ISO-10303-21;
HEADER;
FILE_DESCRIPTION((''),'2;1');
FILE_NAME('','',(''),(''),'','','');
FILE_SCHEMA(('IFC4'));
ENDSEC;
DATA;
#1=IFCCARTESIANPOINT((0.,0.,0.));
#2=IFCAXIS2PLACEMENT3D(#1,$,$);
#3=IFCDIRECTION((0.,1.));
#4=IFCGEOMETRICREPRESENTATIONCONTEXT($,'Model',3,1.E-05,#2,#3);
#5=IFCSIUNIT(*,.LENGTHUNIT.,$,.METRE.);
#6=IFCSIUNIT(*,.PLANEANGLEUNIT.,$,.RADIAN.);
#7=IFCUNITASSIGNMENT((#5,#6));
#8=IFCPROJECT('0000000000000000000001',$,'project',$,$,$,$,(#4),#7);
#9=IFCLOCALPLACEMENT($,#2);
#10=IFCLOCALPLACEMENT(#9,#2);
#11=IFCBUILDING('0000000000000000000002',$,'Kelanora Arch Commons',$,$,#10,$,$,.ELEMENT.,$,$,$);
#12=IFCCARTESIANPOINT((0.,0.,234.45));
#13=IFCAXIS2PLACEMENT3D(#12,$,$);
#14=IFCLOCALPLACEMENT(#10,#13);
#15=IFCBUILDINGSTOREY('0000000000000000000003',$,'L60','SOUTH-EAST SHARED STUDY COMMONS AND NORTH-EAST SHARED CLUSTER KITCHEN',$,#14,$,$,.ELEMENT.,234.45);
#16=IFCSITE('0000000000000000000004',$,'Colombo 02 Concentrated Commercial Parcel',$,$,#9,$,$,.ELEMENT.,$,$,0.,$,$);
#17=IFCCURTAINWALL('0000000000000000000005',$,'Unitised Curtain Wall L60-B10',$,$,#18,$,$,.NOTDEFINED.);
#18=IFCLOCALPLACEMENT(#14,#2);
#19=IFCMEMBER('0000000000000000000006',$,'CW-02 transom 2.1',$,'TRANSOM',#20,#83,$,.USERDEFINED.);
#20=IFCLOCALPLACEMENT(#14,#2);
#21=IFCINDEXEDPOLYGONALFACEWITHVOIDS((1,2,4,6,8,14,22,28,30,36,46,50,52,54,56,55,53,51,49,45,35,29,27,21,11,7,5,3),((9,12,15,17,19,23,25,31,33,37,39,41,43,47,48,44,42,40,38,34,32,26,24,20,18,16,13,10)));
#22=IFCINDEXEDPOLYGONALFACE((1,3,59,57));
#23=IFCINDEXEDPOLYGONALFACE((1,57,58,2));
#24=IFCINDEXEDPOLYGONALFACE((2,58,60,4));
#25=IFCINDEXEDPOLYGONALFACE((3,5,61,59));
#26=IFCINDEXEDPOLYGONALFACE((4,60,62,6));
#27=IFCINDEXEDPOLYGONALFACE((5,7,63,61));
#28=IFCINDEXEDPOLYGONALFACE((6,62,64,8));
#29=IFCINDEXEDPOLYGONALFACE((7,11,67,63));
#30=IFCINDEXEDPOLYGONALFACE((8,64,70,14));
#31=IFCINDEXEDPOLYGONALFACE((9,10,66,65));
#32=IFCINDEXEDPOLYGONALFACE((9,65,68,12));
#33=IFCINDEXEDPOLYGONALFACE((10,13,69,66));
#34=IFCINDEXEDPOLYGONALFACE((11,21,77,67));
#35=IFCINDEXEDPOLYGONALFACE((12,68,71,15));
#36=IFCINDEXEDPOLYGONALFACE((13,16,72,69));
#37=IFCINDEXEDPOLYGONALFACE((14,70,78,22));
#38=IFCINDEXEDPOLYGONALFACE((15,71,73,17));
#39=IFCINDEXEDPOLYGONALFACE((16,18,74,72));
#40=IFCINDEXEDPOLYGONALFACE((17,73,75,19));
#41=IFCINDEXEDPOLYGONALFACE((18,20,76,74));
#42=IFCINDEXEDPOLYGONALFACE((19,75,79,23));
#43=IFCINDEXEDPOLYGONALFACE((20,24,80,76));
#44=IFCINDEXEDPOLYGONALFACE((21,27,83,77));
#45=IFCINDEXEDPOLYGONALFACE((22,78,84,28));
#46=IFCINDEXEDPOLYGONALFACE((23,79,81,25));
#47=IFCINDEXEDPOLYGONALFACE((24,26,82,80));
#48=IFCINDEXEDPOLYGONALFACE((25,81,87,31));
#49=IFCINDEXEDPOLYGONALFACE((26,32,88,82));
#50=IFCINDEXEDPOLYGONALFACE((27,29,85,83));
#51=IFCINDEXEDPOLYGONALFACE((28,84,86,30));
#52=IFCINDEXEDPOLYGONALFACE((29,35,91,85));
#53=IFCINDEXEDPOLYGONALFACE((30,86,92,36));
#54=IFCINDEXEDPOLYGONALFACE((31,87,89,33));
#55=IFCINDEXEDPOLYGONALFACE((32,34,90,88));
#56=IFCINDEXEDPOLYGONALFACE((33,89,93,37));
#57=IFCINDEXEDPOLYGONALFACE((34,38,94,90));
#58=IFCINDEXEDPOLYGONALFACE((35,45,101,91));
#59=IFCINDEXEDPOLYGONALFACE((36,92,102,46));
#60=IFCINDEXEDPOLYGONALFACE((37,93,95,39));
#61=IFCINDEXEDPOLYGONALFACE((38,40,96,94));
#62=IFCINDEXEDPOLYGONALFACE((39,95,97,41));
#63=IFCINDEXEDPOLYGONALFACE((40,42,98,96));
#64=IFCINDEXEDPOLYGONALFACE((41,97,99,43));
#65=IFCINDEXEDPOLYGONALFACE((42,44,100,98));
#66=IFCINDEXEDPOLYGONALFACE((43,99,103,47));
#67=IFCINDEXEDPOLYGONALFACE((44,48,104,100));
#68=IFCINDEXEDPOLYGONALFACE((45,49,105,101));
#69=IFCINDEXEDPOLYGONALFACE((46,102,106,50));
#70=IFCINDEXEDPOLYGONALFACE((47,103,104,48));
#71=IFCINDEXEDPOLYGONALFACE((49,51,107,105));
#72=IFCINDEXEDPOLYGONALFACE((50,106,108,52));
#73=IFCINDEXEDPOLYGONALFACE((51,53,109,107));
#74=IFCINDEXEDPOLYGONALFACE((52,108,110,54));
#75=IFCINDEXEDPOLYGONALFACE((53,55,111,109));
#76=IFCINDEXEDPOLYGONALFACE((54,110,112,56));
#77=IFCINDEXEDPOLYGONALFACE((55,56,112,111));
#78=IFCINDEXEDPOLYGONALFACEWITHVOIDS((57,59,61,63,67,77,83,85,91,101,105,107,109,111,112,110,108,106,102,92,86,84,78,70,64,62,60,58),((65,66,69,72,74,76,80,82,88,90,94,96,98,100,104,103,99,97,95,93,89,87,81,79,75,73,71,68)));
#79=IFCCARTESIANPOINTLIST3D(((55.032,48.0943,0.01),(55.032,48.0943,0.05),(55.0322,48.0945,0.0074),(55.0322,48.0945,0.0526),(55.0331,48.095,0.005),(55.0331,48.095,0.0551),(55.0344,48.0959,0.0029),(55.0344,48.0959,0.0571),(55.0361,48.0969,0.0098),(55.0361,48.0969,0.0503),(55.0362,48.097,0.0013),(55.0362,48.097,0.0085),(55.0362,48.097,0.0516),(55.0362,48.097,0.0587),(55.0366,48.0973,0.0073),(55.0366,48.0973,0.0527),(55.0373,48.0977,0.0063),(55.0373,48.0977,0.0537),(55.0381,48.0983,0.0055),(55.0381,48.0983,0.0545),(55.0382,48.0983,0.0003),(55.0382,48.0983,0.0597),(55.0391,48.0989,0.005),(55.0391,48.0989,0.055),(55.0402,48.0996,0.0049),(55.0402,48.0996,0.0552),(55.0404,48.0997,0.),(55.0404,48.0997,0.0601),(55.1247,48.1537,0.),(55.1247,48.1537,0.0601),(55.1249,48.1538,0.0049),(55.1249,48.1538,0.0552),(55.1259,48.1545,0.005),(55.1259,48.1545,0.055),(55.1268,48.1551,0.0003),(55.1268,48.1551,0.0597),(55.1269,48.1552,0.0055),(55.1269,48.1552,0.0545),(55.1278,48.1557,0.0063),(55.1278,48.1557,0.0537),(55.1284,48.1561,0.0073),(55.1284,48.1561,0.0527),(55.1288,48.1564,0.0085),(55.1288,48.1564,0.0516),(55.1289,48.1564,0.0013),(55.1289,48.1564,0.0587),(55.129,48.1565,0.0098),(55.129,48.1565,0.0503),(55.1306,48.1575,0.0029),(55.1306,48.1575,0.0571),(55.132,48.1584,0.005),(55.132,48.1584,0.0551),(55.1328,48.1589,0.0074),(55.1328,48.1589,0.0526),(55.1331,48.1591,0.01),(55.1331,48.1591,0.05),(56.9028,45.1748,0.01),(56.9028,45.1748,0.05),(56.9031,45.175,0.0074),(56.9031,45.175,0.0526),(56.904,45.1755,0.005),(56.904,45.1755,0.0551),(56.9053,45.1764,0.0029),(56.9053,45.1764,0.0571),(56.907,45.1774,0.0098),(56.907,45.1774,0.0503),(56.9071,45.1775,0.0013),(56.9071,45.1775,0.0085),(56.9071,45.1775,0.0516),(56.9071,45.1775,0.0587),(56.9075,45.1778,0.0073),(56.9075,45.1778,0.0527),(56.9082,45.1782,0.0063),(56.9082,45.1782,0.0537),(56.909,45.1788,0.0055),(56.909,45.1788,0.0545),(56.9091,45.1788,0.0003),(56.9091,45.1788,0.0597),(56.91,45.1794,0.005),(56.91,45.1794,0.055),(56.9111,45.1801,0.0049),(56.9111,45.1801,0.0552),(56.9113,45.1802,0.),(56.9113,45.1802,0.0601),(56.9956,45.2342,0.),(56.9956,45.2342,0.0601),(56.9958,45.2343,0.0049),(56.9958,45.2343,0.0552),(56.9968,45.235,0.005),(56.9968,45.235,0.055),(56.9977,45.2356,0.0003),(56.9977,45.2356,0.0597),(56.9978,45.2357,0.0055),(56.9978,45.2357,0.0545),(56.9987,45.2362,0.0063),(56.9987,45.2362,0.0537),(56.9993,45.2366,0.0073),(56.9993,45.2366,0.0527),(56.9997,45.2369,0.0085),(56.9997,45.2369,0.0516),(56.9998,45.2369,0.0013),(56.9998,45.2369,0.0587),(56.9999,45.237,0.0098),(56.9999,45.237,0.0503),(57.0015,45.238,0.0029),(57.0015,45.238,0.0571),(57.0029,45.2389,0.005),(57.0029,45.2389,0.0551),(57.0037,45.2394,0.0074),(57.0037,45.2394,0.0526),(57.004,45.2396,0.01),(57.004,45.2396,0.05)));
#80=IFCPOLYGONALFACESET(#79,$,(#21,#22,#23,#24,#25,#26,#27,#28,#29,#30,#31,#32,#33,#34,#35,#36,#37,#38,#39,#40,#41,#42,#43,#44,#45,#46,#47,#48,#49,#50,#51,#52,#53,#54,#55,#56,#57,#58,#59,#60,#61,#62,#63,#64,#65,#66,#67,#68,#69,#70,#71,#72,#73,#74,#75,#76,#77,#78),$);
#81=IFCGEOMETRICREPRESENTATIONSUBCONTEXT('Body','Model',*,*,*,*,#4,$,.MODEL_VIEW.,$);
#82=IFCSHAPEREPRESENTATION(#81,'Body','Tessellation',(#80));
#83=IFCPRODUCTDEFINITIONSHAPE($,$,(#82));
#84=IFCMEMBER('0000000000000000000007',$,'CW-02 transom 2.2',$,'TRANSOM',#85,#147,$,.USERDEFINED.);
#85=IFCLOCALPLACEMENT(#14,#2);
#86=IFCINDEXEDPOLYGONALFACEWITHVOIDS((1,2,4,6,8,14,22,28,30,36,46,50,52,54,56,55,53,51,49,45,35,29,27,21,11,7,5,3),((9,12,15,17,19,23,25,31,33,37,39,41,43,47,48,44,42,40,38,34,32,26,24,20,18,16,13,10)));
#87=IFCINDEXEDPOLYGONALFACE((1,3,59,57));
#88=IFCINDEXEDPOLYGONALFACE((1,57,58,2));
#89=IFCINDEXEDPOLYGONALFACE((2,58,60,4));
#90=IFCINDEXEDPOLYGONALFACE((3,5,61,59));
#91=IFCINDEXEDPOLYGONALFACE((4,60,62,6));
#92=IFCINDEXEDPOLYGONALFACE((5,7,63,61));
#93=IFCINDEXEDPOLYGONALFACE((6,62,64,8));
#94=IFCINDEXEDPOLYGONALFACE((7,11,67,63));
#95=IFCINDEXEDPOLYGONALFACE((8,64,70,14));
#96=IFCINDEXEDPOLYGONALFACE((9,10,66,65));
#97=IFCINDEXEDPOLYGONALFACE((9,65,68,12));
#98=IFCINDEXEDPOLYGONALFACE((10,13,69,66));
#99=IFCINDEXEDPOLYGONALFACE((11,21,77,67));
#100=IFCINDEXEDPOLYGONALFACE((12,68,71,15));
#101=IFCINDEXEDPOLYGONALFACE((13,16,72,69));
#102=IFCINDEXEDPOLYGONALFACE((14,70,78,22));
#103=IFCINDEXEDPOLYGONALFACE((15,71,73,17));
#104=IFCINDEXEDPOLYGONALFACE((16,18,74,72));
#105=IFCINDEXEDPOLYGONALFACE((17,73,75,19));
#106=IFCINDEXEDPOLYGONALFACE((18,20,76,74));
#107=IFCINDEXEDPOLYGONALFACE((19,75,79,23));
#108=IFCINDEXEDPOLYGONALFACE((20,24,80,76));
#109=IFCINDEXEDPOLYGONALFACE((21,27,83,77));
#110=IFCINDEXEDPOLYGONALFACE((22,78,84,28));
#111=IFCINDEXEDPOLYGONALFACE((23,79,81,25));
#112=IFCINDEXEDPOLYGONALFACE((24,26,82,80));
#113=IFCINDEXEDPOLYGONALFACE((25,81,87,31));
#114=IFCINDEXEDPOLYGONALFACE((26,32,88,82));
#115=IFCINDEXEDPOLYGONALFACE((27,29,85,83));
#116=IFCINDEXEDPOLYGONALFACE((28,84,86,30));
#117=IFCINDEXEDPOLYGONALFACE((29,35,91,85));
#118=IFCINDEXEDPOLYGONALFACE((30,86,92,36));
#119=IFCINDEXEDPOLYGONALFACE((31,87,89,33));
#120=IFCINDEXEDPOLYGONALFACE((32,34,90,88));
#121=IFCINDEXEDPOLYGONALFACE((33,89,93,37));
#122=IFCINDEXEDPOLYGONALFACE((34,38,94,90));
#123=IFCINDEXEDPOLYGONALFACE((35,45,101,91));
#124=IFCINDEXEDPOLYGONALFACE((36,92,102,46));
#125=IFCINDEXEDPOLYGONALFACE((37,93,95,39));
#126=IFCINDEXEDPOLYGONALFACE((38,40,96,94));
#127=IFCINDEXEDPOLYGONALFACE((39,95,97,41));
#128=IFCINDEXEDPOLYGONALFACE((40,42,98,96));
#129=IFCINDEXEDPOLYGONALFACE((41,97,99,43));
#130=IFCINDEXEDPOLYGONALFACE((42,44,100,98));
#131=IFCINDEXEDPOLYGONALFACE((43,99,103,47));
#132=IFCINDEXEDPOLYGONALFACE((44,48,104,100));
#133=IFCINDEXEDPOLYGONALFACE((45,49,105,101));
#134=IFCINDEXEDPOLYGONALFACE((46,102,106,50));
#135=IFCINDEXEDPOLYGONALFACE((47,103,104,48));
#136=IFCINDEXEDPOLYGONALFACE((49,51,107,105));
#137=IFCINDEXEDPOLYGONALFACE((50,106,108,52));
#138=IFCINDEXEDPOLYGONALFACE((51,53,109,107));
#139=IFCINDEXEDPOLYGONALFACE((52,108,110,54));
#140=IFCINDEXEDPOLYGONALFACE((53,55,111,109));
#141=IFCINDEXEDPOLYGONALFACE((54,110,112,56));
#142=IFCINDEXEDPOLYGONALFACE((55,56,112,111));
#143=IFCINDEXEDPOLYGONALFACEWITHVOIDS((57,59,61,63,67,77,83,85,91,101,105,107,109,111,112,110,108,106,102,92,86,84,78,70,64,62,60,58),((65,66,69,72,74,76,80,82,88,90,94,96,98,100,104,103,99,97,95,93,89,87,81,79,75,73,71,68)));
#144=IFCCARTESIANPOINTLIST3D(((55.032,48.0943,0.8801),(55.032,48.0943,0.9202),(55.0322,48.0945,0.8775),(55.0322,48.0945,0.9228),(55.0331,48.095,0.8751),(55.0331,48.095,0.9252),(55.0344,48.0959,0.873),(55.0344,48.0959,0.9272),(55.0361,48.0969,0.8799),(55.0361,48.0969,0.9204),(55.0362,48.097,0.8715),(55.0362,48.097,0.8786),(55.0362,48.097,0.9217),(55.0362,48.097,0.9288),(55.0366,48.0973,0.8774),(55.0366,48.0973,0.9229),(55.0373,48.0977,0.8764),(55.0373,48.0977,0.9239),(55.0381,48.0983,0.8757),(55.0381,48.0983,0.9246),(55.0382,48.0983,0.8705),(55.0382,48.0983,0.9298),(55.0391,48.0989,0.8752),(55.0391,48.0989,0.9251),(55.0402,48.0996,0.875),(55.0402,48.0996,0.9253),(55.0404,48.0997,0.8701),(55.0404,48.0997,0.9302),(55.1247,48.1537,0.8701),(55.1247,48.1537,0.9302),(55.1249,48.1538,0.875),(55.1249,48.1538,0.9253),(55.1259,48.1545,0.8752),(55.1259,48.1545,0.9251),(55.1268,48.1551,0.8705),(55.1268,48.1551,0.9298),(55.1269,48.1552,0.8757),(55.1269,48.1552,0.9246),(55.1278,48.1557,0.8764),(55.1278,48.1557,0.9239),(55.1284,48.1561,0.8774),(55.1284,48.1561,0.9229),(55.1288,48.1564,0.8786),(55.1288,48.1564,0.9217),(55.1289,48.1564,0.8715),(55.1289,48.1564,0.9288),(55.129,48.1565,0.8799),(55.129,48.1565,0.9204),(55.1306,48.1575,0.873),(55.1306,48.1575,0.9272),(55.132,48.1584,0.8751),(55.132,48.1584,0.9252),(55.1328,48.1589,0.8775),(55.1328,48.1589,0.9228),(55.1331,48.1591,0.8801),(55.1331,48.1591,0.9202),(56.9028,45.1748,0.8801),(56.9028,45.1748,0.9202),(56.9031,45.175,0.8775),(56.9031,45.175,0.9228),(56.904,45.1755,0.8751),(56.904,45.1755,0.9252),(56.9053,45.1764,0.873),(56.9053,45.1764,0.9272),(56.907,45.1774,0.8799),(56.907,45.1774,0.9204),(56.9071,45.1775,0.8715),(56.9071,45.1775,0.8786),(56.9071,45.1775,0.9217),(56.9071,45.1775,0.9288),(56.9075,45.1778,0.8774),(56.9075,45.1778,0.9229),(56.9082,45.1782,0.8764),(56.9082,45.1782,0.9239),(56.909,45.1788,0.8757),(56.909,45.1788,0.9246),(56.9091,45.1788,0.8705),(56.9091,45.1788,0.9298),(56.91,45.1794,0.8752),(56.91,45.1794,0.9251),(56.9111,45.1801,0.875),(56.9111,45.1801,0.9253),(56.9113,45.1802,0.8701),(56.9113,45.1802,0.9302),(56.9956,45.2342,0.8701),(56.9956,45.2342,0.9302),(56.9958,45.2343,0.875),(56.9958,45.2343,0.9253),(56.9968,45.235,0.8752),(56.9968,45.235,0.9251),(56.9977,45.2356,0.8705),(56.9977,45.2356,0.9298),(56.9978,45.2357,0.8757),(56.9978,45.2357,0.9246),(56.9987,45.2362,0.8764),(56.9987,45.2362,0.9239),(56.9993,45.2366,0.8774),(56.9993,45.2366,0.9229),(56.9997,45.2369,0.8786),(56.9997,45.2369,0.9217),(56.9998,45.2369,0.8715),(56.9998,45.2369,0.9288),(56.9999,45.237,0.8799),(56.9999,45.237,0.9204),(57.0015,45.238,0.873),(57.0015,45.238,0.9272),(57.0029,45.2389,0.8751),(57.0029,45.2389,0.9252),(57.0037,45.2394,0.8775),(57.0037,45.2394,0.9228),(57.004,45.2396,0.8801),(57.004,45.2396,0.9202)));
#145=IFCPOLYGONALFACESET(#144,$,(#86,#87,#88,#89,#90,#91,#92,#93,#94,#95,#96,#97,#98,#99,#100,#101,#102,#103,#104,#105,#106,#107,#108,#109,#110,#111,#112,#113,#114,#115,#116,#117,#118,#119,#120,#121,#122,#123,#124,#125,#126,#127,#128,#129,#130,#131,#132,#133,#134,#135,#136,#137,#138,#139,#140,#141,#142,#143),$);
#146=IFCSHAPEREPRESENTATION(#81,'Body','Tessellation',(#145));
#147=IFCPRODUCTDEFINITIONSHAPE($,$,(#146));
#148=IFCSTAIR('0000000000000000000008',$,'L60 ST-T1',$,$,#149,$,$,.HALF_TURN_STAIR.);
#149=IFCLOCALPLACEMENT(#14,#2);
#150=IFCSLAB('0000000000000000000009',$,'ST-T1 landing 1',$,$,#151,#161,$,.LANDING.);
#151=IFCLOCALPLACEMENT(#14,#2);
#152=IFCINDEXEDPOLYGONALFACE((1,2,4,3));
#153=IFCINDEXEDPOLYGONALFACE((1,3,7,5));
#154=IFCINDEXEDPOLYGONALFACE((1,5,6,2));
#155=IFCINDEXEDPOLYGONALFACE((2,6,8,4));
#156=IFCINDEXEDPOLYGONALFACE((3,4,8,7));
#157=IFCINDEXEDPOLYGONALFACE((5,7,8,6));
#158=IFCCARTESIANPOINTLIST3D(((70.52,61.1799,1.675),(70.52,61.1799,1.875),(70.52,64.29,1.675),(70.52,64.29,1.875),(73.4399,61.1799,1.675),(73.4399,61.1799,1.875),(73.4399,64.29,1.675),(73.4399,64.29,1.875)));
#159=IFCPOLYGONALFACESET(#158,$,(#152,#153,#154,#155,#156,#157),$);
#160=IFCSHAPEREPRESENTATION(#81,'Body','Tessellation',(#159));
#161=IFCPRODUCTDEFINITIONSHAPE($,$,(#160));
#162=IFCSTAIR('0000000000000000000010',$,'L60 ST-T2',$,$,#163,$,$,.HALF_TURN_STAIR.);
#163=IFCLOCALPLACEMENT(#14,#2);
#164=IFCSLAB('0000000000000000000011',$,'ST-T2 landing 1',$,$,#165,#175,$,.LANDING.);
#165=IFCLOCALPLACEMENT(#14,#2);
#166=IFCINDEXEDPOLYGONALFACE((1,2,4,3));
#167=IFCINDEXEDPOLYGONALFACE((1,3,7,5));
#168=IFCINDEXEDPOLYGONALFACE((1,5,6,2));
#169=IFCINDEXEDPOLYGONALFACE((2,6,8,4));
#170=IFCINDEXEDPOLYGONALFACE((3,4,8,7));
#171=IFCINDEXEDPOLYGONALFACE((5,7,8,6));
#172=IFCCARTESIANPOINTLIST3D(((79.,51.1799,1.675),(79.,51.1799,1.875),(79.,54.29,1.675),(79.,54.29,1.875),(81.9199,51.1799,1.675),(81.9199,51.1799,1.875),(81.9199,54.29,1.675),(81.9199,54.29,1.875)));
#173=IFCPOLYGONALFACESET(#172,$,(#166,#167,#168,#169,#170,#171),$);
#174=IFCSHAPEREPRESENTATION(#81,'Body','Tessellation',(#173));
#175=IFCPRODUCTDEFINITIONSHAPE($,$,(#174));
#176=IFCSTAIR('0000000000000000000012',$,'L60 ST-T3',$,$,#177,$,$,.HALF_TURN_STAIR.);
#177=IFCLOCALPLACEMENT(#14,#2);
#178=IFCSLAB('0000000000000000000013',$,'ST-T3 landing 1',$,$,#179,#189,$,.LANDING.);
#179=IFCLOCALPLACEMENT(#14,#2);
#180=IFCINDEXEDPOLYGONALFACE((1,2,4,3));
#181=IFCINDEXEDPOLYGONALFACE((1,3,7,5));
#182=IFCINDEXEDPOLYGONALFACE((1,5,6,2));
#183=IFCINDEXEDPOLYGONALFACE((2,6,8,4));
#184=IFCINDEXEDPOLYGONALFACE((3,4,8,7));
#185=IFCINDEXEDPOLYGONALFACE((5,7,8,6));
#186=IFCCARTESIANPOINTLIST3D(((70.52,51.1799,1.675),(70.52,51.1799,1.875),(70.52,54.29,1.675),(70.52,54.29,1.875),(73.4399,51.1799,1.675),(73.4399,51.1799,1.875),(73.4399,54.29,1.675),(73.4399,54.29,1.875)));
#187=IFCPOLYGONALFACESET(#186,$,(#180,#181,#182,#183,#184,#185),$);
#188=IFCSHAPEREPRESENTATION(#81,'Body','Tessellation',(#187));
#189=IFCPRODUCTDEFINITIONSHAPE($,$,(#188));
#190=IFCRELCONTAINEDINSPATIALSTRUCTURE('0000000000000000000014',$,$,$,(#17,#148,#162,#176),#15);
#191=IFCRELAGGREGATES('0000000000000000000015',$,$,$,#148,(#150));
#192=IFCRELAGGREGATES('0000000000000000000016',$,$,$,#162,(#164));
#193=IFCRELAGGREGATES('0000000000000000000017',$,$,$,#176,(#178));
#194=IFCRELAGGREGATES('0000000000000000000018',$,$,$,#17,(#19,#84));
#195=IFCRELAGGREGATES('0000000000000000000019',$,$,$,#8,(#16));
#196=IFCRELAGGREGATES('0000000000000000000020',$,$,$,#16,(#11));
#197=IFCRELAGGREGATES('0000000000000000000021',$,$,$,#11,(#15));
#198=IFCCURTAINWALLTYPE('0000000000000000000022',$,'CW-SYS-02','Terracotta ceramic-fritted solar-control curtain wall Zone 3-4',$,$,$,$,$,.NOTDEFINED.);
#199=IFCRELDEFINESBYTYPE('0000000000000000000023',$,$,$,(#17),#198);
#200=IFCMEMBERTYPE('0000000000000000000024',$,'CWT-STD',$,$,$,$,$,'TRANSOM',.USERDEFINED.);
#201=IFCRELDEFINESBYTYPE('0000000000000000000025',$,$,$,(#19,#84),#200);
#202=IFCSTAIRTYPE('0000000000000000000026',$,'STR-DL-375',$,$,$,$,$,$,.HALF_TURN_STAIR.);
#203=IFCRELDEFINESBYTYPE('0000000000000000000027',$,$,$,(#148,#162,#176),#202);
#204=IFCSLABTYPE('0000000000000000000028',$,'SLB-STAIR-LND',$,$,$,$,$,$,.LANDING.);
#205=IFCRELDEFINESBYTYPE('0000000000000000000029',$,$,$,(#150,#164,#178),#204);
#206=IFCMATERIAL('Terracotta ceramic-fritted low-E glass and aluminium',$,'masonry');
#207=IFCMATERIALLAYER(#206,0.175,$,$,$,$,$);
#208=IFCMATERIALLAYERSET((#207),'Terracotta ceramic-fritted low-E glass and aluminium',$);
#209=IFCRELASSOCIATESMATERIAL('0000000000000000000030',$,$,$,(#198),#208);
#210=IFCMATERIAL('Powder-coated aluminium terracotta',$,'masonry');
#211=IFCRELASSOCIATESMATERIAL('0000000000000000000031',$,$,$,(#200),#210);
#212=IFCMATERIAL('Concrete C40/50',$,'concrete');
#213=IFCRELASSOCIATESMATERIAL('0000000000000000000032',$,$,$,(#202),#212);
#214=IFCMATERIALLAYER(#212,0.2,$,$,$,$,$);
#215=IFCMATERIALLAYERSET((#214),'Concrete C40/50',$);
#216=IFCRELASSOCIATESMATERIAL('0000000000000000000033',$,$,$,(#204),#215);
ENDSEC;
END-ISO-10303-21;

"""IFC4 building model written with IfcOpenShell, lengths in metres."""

from ifc_helpers import new_model, si_unit, direction, frame, origin, origin_2d, place, context, subcontext, project, spatial, polyline, hollow_rectangle, outline, extrude, material, layer, layer_set, material_profile, profile_set, type_object, element, aggregate, save


model = new_model("IFC4")

# Units and contexts
model_context = context("Model", 3, precision=1e-05, world=origin(), true_north=direction((0.0, 1.0)))
body_context = subcontext(model_context, "Body", "Model", "MODEL_VIEW")
ifc_project = project(units=[si_unit("LENGTHUNIT", "METRE"), si_unit("PLANEANGLEUNIT", "RADIAN")], contexts=[model_context])

# Site, building, storey
site_placement = place(None, origin())
site = spatial("IfcSite", under=ifc_project, at=site_placement, Name="Colombo 02 Concentrated Commercial Parcel", CompositionType="ELEMENT", RefElevation=0.0)
building_placement = place(site_placement, origin())
building = spatial("IfcBuilding", under=site, at=building_placement, Name="Kelanora Arch Commons", CompositionType="ELEMENT")
storey_placement = place(building_placement, frame((0.0, 0.0, 234.45)))
storey = spatial("IfcBuildingStorey", under=building, at=storey_placement, Name="L60", Description="SOUTH-EAST SHARED STUDY COMMONS AND NORTH-EAST SHARED CLUSTER KITCHEN", CompositionType="ELEMENT", Elevation=234.45)

# Shared definitions
ifc_material_1 = material(Name="Terracotta ceramic-fritted low-E glass and aluminium", Category="masonry")
ifc_layer_1 = layer(ifc_material_1, 0.175)
ifc_layer_set_1 = layer_set([ifc_layer_1], Name="Terracotta ceramic-fritted low-E glass and aluminium")
curtain_wall_type = type_object("IfcCurtainWallType", Name="CW-SYS-02", Description="Terracotta ceramic-fritted solar-control curtain wall Zone 3-4", PredefinedType="NOTDEFINED", material=ifc_layer_set_1)
ifc_material_2 = material(Name="Powder-coated aluminium terracotta", Category="masonry")

# Curtain wall, members
curtain_wall_1_placement = place(storey_placement, origin())
curtain_wall_1 = element("IfcCurtainWall", 1, at=curtain_wall_1_placement, inside=storey, type_object=curtain_wall_type, Name="Unitised Curtain Wall L60-B10", PredefinedType="NOTDEFINED")
ifc_material_profile_1 = material_profile(ifc_material_2, hollow_rectangle(XDim=0.1201, YDim=0.0601, WallThickness=0.0049, InnerFilletRadius=0.0049, OuterFilletRadius=0.01, at=origin_2d()), Name="CWT120x60")
ifc_profile_set_1 = profile_set([ifc_material_profile_1], Name="Powder-coated aluminium terracotta")
member_type_1 = type_object("IfcMemberType", Name="CWT-STD", ElementType="TRANSOM", PredefinedType="USERDEFINED", material=ifc_profile_set_1)
member_1_placement = place(storey_placement, frame((55.0825, 48.1267, 0.03), z_axis=(0.539547, -0.841955, 0.0), x_axis=(0.841955, 0.539547, 0.0)))
member_1 = element("IfcMember", 2, at=member_1_placement, type_object=member_type_1, Name="CW-02 transom 2.1", ObjectType="TRANSOM", PredefinedType="USERDEFINED", context=body_context, shape_type="SweptSolid", body=[
    extrude(hollow_rectangle(XDim=0.1201, YDim=0.0601, WallThickness=0.0049, InnerFilletRadius=0.0049, OuterFilletRadius=0.01, at=origin_2d()), origin(), (0.0, 0.0, 1.0), 3.4675),
])
member_2_placement = place(storey_placement, frame((55.0825, 48.1267, 0.9001), z_axis=(0.539547, -0.841955, 0.0), x_axis=(0.841955, 0.539547, 0.0)))
member_2 = element("IfcMember", 3, at=member_2_placement, type_object=member_type_1, Name="CW-02 transom 2.2", ObjectType="TRANSOM", PredefinedType="USERDEFINED", context=body_context, shape_type="SweptSolid", body=[
    extrude(hollow_rectangle(XDim=0.1201, YDim=0.0601, WallThickness=0.0049, InnerFilletRadius=0.0049, OuterFilletRadius=0.01, at=origin_2d()), origin(), (0.0, 0.0, 1.0), 3.4675),
])

# Stairs, slabs
ifc_material_3 = material(Name="Concrete C40/50", Category="concrete")
stair_type = type_object("IfcStairType", Name="STR-DL-375", PredefinedType="HALF_TURN_STAIR", material=ifc_material_3)
stair_1_placement = place(storey_placement, origin())
stair_1 = element("IfcStair", 4, at=stair_1_placement, inside=storey, type_object=stair_type, Name="L60 ST-T1", PredefinedType="HALF_TURN_STAIR")
ifc_layer_2 = layer(ifc_material_3, 0.2)
ifc_layer_set_2 = layer_set([ifc_layer_2], Name="Concrete C40/50")
slab_type_1 = type_object("IfcSlabType", Name="SLB-STAIR-LND", PredefinedType="LANDING", material=ifc_layer_set_2)
slab_1_placement = place(storey_placement, frame((0.0, 0.0, 1.675)))
slab_1 = element("IfcSlab", 5, at=slab_1_placement, type_object=slab_type_1, Name="ST-T1 landing 1", PredefinedType="LANDING", context=body_context, shape_type="SweptSolid", body=[
    extrude(outline(polyline([(70.52, 61.1799), (73.4399, 61.1799), (73.4399, 64.29), (70.52, 64.29), (70.52, 61.1799)])), origin(), (0.0, 0.0, 1.0), 0.2),
])
aggregate(stair_1, [slab_1])
stair_2_placement = place(storey_placement, origin())
stair_2 = element("IfcStair", 6, at=stair_2_placement, inside=storey, type_object=stair_type, Name="L60 ST-T2", PredefinedType="HALF_TURN_STAIR")
slab_2_placement = place(storey_placement, frame((0.0, 0.0, 1.675)))
slab_2 = element("IfcSlab", 7, at=slab_2_placement, type_object=slab_type_1, Name="ST-T2 landing 1", PredefinedType="LANDING", context=body_context, shape_type="SweptSolid", body=[
    extrude(outline(polyline([(79.0, 51.1799), (81.9199, 51.1799), (81.9199, 54.29), (79.0, 54.29), (79.0, 51.1799)])), origin(), (0.0, 0.0, 1.0), 0.2),
])
aggregate(stair_2, [slab_2])
stair_3_placement = place(storey_placement, origin())
stair_3 = element("IfcStair", 8, at=stair_3_placement, inside=storey, type_object=stair_type, Name="L60 ST-T3", PredefinedType="HALF_TURN_STAIR")
slab_3_placement = place(storey_placement, frame((0.0, 0.0, 1.675)))
slab_3 = element("IfcSlab", 9, at=slab_3_placement, type_object=slab_type_1, Name="ST-T3 landing 1", PredefinedType="LANDING", context=body_context, shape_type="SweptSolid", body=[
    extrude(outline(polyline([(70.52, 51.1799), (73.4399, 51.1799), (73.4399, 54.29), (70.52, 54.29), (70.52, 51.1799)])), origin(), (0.0, 0.0, 1.0), 0.2),
])
aggregate(stair_3, [slab_3])

aggregate(curtain_wall_1, [member_1, member_2])

save(model, "model.ifc")
